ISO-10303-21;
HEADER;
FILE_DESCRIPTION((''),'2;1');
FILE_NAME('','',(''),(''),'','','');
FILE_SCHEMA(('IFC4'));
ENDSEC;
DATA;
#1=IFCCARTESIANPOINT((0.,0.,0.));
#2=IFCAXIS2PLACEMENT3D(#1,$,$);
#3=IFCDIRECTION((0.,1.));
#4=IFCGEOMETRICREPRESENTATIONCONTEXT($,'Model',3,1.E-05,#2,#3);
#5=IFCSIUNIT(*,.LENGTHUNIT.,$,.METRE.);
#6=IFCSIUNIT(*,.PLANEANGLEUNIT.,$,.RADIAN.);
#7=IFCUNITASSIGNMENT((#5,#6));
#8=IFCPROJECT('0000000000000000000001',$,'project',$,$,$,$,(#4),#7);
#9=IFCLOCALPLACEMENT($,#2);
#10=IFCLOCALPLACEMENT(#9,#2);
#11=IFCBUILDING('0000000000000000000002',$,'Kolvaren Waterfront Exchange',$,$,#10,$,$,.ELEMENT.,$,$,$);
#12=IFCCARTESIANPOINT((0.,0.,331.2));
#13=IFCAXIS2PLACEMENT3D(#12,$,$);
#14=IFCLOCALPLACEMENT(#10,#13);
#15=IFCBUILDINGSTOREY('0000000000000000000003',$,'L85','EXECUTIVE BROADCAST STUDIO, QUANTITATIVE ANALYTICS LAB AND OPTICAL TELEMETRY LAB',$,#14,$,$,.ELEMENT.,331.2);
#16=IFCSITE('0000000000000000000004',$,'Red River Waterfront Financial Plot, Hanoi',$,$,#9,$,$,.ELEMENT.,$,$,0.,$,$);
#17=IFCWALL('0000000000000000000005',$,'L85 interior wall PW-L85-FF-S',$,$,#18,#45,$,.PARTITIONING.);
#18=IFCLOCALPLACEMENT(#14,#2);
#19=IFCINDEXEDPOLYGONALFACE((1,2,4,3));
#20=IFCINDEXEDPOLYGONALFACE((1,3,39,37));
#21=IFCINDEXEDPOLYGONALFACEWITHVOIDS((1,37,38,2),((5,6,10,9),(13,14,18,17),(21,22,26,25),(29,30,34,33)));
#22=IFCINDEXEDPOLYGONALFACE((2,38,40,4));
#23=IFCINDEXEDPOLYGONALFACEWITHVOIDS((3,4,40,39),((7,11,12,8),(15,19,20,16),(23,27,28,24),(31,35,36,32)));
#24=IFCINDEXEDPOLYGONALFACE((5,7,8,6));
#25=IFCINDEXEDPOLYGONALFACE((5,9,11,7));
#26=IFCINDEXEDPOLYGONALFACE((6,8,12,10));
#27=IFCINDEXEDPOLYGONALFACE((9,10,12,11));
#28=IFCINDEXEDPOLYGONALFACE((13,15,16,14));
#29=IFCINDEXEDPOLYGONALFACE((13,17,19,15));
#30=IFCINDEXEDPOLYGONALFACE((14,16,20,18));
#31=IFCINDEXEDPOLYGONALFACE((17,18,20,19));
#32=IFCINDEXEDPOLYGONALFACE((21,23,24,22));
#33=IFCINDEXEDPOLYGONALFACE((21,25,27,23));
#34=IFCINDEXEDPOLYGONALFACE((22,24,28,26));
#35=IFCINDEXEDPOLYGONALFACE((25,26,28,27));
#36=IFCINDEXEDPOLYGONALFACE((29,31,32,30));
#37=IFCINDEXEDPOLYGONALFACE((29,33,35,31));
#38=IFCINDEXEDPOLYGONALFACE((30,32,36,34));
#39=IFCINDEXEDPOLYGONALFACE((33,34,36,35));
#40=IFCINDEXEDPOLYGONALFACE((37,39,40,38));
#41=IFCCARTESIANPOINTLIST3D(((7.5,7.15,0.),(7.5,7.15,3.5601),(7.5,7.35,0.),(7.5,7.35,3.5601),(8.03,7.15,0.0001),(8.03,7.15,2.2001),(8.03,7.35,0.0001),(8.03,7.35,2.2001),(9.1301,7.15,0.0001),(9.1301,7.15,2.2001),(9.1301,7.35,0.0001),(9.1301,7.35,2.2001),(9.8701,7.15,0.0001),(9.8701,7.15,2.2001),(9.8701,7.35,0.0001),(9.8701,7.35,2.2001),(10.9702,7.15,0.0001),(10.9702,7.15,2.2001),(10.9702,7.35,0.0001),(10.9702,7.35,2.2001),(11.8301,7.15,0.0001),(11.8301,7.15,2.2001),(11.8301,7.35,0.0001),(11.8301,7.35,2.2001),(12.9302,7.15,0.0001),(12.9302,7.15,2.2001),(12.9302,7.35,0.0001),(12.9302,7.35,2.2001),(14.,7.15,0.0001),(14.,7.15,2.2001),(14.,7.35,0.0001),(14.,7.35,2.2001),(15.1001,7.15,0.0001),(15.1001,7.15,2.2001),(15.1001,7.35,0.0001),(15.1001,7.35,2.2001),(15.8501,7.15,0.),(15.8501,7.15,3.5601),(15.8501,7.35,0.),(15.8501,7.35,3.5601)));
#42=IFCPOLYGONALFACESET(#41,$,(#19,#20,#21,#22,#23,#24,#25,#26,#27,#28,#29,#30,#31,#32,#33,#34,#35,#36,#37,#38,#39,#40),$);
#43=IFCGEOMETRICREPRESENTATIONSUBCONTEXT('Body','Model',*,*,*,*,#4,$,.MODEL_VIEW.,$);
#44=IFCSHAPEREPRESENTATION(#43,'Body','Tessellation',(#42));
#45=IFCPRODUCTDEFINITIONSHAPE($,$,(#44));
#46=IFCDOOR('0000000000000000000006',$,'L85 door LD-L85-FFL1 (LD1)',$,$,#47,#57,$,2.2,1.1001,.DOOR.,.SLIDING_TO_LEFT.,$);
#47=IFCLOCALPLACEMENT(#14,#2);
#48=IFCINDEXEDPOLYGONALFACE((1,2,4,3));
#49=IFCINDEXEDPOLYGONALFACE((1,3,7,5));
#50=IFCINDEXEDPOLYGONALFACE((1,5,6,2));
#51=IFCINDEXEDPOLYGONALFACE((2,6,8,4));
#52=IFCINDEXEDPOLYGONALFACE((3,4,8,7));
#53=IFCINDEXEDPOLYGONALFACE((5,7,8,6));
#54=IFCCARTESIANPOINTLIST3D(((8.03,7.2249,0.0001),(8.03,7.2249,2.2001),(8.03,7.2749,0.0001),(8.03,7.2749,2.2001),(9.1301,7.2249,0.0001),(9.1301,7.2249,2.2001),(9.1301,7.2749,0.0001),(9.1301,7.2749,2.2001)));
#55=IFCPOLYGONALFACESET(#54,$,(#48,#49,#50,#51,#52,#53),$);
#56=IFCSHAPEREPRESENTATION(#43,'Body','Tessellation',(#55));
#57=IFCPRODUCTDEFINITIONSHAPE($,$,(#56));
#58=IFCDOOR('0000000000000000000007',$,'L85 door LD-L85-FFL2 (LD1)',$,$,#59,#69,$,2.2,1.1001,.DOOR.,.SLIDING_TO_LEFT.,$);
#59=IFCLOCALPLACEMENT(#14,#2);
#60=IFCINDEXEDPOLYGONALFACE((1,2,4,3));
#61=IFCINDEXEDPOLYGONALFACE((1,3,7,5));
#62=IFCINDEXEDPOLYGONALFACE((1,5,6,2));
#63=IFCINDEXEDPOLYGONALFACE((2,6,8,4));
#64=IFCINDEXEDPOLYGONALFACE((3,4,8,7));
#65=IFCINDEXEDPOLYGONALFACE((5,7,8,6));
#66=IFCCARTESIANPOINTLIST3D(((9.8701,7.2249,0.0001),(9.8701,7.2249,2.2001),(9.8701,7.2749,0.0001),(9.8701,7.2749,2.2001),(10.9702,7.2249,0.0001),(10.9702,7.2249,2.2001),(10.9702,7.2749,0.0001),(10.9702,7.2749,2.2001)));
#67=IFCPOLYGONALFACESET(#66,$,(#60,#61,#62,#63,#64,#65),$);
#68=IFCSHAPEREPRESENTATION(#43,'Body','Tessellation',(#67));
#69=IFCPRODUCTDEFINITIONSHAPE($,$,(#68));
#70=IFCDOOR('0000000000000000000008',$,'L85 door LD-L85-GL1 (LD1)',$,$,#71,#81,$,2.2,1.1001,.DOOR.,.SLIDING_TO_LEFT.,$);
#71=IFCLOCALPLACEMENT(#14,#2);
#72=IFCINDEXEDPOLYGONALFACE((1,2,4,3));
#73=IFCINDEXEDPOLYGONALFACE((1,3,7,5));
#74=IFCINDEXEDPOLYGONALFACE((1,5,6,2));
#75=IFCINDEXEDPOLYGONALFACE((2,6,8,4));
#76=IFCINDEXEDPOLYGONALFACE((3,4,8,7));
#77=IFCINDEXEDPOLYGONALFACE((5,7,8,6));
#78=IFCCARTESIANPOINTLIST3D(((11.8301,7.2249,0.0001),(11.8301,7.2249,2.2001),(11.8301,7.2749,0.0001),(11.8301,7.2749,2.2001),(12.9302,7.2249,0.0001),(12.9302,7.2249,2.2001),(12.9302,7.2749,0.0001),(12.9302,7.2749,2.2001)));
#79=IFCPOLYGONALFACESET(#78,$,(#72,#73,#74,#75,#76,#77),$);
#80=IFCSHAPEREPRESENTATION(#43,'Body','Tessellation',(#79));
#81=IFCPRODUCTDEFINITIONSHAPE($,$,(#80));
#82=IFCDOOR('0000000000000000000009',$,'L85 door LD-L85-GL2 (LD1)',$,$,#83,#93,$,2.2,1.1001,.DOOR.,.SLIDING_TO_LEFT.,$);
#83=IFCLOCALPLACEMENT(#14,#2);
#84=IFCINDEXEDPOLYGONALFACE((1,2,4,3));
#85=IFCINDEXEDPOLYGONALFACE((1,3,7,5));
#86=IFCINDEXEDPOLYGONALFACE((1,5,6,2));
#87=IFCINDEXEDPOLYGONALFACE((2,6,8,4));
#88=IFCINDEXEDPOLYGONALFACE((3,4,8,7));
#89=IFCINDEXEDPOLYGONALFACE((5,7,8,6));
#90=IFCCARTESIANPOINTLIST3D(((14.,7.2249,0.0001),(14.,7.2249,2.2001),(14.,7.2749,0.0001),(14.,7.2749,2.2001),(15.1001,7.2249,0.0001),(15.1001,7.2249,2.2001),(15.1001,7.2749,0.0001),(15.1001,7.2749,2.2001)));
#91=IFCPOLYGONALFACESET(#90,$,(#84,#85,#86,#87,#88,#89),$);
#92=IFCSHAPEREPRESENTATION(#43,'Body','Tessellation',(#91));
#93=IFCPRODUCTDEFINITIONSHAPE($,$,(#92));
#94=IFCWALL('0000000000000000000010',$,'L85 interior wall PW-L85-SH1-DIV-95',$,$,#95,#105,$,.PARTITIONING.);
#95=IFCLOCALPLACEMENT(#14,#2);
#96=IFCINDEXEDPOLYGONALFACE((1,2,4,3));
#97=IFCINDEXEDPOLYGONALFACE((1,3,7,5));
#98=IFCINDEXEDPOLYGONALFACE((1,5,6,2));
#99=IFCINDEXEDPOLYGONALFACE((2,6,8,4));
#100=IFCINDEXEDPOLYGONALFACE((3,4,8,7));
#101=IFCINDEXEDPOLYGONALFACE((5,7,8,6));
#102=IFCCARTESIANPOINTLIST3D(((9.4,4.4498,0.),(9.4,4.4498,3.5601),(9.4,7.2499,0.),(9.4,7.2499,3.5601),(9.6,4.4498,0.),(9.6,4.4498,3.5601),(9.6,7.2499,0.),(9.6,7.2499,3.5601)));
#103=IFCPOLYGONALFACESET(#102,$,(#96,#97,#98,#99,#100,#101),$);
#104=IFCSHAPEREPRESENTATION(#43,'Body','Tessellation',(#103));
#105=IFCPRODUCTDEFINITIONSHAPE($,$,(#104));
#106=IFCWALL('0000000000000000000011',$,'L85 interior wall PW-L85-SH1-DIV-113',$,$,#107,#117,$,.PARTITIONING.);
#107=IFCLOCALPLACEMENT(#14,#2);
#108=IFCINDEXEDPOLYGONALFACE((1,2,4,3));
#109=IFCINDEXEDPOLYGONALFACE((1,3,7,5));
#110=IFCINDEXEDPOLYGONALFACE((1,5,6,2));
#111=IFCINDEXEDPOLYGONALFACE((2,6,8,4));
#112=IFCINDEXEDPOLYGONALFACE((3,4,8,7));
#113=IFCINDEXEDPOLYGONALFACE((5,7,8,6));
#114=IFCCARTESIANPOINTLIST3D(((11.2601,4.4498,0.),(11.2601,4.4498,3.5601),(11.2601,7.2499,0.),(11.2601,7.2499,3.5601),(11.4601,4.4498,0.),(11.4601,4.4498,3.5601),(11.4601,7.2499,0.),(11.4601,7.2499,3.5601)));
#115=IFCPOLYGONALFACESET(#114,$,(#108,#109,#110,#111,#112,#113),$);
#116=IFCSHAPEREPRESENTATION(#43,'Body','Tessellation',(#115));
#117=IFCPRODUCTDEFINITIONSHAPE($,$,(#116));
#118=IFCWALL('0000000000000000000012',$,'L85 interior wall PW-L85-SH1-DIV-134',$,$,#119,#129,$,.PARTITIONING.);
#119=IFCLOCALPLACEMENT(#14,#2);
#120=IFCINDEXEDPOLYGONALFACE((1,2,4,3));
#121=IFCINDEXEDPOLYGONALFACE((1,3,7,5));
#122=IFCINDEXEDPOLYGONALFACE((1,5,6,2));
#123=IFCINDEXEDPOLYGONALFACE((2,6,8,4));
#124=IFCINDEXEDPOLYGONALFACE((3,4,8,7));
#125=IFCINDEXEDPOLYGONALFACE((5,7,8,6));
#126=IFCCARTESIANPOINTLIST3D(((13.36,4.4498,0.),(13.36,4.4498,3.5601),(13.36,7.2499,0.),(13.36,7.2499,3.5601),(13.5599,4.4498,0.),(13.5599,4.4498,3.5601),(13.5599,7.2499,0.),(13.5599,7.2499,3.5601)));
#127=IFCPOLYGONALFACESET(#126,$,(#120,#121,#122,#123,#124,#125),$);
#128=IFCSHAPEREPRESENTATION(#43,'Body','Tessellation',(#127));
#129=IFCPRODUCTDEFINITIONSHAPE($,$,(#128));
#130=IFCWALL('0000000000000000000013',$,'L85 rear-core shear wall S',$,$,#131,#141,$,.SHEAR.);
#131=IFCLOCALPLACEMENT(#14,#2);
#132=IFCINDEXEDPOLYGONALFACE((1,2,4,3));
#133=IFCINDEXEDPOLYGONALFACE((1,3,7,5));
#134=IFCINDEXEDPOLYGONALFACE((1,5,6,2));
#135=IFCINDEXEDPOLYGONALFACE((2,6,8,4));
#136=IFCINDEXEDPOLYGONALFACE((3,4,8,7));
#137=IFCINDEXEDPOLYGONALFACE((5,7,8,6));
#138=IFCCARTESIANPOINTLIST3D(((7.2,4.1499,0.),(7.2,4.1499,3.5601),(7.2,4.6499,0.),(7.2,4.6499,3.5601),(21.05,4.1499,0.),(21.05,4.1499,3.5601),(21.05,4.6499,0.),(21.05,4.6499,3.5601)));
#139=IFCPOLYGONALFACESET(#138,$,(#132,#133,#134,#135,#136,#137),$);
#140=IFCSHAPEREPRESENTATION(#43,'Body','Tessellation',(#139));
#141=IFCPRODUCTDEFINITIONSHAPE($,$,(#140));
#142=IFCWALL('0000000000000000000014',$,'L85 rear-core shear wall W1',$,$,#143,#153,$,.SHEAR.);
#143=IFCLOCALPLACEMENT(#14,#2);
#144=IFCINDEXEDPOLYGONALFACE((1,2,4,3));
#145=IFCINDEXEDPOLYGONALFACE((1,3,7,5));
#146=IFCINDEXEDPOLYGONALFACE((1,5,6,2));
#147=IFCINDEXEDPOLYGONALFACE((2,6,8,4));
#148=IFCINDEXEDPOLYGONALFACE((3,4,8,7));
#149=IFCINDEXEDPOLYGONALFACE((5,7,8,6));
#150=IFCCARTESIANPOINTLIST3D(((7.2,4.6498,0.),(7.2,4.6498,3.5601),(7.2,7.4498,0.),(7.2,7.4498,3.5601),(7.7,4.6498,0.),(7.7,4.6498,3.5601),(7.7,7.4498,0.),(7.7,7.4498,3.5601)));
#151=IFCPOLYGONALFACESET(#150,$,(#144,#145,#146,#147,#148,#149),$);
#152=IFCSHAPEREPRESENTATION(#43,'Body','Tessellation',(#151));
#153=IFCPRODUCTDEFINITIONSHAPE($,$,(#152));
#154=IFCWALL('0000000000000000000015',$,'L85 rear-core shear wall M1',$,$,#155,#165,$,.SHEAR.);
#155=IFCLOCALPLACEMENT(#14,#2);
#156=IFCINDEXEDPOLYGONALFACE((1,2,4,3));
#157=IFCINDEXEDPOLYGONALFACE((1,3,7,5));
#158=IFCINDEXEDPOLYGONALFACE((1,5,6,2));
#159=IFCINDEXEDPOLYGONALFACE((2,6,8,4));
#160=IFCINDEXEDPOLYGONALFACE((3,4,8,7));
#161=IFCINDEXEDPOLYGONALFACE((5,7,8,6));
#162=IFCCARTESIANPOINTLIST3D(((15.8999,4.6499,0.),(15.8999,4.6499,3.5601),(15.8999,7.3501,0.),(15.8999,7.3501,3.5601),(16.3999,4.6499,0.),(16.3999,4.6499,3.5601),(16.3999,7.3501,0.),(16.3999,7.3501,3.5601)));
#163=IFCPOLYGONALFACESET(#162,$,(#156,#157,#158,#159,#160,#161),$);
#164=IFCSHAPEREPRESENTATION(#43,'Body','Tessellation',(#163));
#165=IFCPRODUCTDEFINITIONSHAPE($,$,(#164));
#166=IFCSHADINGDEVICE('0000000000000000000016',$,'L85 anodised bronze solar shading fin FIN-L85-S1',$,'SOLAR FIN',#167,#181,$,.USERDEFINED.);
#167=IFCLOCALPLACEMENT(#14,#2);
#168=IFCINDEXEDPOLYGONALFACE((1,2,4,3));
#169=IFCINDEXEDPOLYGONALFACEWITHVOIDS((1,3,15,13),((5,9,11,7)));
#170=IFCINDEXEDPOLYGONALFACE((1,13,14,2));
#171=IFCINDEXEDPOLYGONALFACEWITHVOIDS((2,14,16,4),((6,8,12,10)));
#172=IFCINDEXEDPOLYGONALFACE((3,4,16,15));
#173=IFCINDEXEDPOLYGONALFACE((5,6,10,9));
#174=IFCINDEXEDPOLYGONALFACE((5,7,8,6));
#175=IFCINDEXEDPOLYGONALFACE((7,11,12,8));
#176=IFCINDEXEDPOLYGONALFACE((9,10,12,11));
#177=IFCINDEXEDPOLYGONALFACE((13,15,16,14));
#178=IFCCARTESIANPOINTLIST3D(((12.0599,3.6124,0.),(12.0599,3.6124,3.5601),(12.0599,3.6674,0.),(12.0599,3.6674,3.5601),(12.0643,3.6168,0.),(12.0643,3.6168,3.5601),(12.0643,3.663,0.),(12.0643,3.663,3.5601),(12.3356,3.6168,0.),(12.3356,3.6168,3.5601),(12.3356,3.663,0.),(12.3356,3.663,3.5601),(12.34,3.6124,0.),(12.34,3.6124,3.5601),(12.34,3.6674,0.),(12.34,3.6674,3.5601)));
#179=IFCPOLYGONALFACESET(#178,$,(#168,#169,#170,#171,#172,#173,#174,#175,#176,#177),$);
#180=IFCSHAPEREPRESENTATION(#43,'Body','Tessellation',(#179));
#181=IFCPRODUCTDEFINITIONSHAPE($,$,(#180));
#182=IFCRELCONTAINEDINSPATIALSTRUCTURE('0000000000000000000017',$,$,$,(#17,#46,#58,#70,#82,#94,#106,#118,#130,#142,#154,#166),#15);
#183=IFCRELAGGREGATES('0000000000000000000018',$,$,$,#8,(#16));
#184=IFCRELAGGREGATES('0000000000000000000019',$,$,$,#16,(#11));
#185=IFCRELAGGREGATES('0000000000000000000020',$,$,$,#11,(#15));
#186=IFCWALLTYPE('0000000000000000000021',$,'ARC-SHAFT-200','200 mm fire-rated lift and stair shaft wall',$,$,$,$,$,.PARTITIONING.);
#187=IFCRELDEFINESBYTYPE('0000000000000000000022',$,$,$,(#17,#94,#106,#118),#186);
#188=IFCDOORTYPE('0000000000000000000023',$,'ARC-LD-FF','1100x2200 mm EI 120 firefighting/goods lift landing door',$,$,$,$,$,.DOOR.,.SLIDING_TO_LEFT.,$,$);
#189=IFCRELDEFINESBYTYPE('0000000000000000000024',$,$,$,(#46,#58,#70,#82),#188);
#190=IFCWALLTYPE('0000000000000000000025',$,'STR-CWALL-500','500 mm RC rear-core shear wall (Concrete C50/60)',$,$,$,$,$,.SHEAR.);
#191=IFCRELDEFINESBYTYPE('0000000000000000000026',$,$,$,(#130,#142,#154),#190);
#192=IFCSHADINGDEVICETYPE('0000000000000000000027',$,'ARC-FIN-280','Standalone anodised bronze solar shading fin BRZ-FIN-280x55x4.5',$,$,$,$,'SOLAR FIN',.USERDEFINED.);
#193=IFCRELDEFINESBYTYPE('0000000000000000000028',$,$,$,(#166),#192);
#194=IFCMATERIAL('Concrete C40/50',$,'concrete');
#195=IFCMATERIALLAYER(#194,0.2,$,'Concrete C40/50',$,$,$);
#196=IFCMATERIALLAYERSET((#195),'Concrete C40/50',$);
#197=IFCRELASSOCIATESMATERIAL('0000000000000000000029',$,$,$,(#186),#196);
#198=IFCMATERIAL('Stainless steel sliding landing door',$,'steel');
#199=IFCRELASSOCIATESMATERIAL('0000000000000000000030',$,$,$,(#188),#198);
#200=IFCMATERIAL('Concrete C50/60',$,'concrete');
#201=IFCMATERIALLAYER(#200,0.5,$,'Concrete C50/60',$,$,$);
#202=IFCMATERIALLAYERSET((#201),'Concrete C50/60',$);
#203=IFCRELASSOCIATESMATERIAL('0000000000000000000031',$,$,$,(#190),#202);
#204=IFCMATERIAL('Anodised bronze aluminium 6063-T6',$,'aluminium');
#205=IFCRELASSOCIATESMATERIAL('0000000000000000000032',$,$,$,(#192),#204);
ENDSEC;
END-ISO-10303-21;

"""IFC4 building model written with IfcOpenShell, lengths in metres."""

from ifc_helpers import new_model, si_unit, direction, frame, frame_2d, origin, origin_2d, place, context, subcontext, project, spatial, rectangle, hollow_rectangle, extrude, material, layer, layer_set, material_profile, profile_set, type_object, element, fill, save


model = new_model("IFC4")

# Units and contexts
model_context = context("Model", 3, precision=1e-05, world=origin(), true_north=direction((0.0, 1.0)))
body_context = subcontext(model_context, "Body", "Model", "MODEL_VIEW")
ifc_project = project(units=[si_unit("LENGTHUNIT", "METRE"), si_unit("PLANEANGLEUNIT", "RADIAN")], contexts=[model_context])

# Site, building, storey
site_placement = place(None, origin())
site = spatial("IfcSite", under=ifc_project, at=site_placement, Name="Red River Waterfront Financial Plot, Hanoi", CompositionType="ELEMENT", RefElevation=0.0)
building_placement = place(site_placement, origin())
building = spatial("IfcBuilding", under=site, at=building_placement, Name="Kolvaren Waterfront Exchange", CompositionType="ELEMENT")
storey_placement = place(building_placement, frame((0.0, 0.0, 331.2)))
storey = spatial("IfcBuildingStorey", under=building, at=storey_placement, Name="L85", Description="EXECUTIVE BROADCAST STUDIO, QUANTITATIVE ANALYTICS LAB AND OPTICAL TELEMETRY LAB", CompositionType="ELEMENT", Elevation=331.2)

# Shared definitions
ifc_material_1 = material(Name="Concrete C50/60", Category="concrete")

# Shared definitions
ifc_material_2 = material(Name="Anodised bronze aluminium 6063-T6", Category="aluminium")

# Wall, openings, doors
ifc_material_3 = material(Name="Concrete C40/50", Category="concrete")
ifc_layer_1 = layer(ifc_material_3, 0.2, Name="Concrete C40/50")
ifc_layer_set_1 = layer_set([ifc_layer_1], Name="Concrete C40/50")
wall_type_1 = type_object("IfcWallType", Name="ARC-SHAFT-200", Description="200 mm fire-rated lift and stair shaft wall", PredefinedType="PARTITIONING", material=ifc_layer_set_1)
wall_1_placement = place(storey_placement, frame((7.5, 7.25, 0.0), z_axis=(0.0, 0.0, 1.0), x_axis=(1.0, 0.0, 0.0)))
wall_1 = element("IfcWall", 1, at=wall_1_placement, inside=storey, type_object=wall_type_1, Name="L85 interior wall PW-L85-FF-S", PredefinedType="PARTITIONING", context=body_context, shape_type="SweptSolid", body=[
    extrude(rectangle(XDim=8.3501, YDim=0.2, at=frame_2d((4.175, 0.0))), origin(), (0.0, 0.0, 1.0), 3.5601),
])
opening_1_placement = place(wall_1_placement, frame((0.53, 0.0, 0.0)))
opening_1 = element("IfcOpeningElement", 2, at=opening_1_placement, cuts=wall_1, PredefinedType="OPENING", context=body_context, shape_type="SweptSolid", body=[
    extrude(rectangle(XDim=1.1001, YDim=2.2, at=frame_2d((0.55, 1.1001))), frame((0.0, 0.1099, 0.0), z_axis=(0.0, -1.0, 0.0), x_axis=(1.0, 0.0, 0.0)), (0.0, 0.0, 1.0), 0.22),
])
opening_2_placement = place(wall_1_placement, frame((2.3701, 0.0, 0.0)))
opening_2 = element("IfcOpeningElement", 3, at=opening_2_placement, cuts=wall_1, PredefinedType="OPENING", context=body_context, shape_type="SweptSolid", body=[
    extrude(rectangle(XDim=1.1001, YDim=2.2, at=frame_2d((0.55, 1.1001))), frame((0.0, 0.1099, 0.0), z_axis=(0.0, -1.0, 0.0), x_axis=(1.0, 0.0, 0.0)), (0.0, 0.0, 1.0), 0.22),
])
opening_3_placement = place(wall_1_placement, frame((4.3301, 0.0, 0.0)))
opening_3 = element("IfcOpeningElement", 4, at=opening_3_placement, cuts=wall_1, PredefinedType="OPENING", context=body_context, shape_type="SweptSolid", body=[
    extrude(rectangle(XDim=1.1001, YDim=2.2, at=frame_2d((0.55, 1.1001))), frame((0.0, 0.1099, 0.0), z_axis=(0.0, -1.0, 0.0), x_axis=(1.0, 0.0, 0.0)), (0.0, 0.0, 1.0), 0.22),
])
opening_4_placement = place(wall_1_placement, frame((6.5, 0.0, 0.0)))
opening_4 = element("IfcOpeningElement", 5, at=opening_4_placement, cuts=wall_1, PredefinedType="OPENING", context=body_context, shape_type="SweptSolid", body=[
    extrude(rectangle(XDim=1.1001, YDim=2.2, at=frame_2d((0.55, 1.1001))), frame((0.0, 0.1099, 0.0), z_axis=(0.0, -1.0, 0.0), x_axis=(1.0, 0.0, 0.0)), (0.0, 0.0, 1.0), 0.22),
])
ifc_material_4 = material(Name="Stainless steel sliding landing door", Category="steel")
door_type = type_object("IfcDoorType", Name="ARC-LD-FF", Description="1100x2200 mm EI 120 firefighting/goods lift landing door", OperationType="SLIDING_TO_LEFT", PredefinedType="DOOR", material=ifc_material_4)
door_1_placement = place(opening_1_placement, origin())
door_1 = element("IfcDoor", 6, at=door_1_placement, inside=storey, type_object=door_type, Name="L85 door LD-L85-FFL1 (LD1)", OperationType="SLIDING_TO_LEFT", OverallHeight=2.2, OverallWidth=1.1001, PredefinedType="DOOR", context=body_context, shape_type="SweptSolid", body=[
    extrude(rectangle(XDim=1.1001, YDim=2.2, at=frame_2d((0.55, 1.1001))), frame((0.0, 0.0249, 0.0), z_axis=(0.0, -1.0, 0.0), x_axis=(1.0, 0.0, 0.0)), (0.0, 0.0, 1.0), 0.05),
])
fill(opening_1, door_1)
door_2_placement = place(opening_2_placement, origin())
door_2 = element("IfcDoor", 7, at=door_2_placement, inside=storey, type_object=door_type, Name="L85 door LD-L85-FFL2 (LD1)", OperationType="SLIDING_TO_LEFT", OverallHeight=2.2, OverallWidth=1.1001, PredefinedType="DOOR", context=body_context, shape_type="SweptSolid", body=[
    extrude(rectangle(XDim=1.1001, YDim=2.2, at=frame_2d((0.55, 1.1001))), frame((0.0, 0.0249, 0.0), z_axis=(0.0, -1.0, 0.0), x_axis=(1.0, 0.0, 0.0)), (0.0, 0.0, 1.0), 0.05),
])
fill(opening_2, door_2)
door_3_placement = place(opening_3_placement, origin())
door_3 = element("IfcDoor", 8, at=door_3_placement, inside=storey, type_object=door_type, Name="L85 door LD-L85-GL1 (LD1)", OperationType="SLIDING_TO_LEFT", OverallHeight=2.2, OverallWidth=1.1001, PredefinedType="DOOR", context=body_context, shape_type="SweptSolid", body=[
    extrude(rectangle(XDim=1.1001, YDim=2.2, at=frame_2d((0.55, 1.1001))), frame((0.0, 0.0249, 0.0), z_axis=(0.0, -1.0, 0.0), x_axis=(1.0, 0.0, 0.0)), (0.0, 0.0, 1.0), 0.05),
])
fill(opening_3, door_3)
door_4_placement = place(opening_4_placement, origin())
door_4 = element("IfcDoor", 9, at=door_4_placement, inside=storey, type_object=door_type, Name="L85 door LD-L85-GL2 (LD1)", OperationType="SLIDING_TO_LEFT", OverallHeight=2.2, OverallWidth=1.1001, PredefinedType="DOOR", context=body_context, shape_type="SweptSolid", body=[
    extrude(rectangle(XDim=1.1001, YDim=2.2, at=frame_2d((0.55, 1.1001))), frame((0.0, 0.0249, 0.0), z_axis=(0.0, -1.0, 0.0), x_axis=(1.0, 0.0, 0.0)), (0.0, 0.0, 1.0), 0.05),
])
fill(opening_4, door_4)

# Walls
for number, where, z_axis, x_axis, name in (
    (10, (9.5, 4.45, 0.0), (0.0, 0.0, 1.0), (0.0, 1.0, 0.0), "L85 interior wall PW-L85-SH1-DIV-95"),
    (11, (11.3601, 4.45, 0.0), (0.0, 0.0, 1.0), (0.0, 1.0, 0.0), "L85 interior wall PW-L85-SH1-DIV-113"),
    (12, (13.46, 4.45, 0.0), (0.0, 0.0, 1.0), (0.0, 1.0, 0.0), "L85 interior wall PW-L85-SH1-DIV-134"),
):
    element("IfcWall", number, at=place(storey_placement, frame(where, z_axis=z_axis, x_axis=x_axis)), inside=storey, type_object=wall_type_1, Name=name, PredefinedType="PARTITIONING", context=body_context, shape_type="SweptSolid", body=[
        extrude(rectangle(XDim=2.8, YDim=0.2, at=frame_2d((1.3999, 0.0))), origin(), (0.0, 0.0, 1.0), 3.5601),
    ])
ifc_layer_2 = layer(ifc_material_1, 0.5, Name="Concrete C50/60")
ifc_layer_set_2 = layer_set([ifc_layer_2], Name="Concrete C50/60")
wall_type_2 = type_object("IfcWallType", Name="STR-CWALL-500", Description="500 mm RC rear-core shear wall (Concrete C50/60)", PredefinedType="SHEAR", material=ifc_layer_set_2)
wall_2_placement = place(storey_placement, frame((7.2, 4.3999, 0.0), z_axis=(0.0, 0.0, 1.0), x_axis=(1.0, 0.0, 0.0)))
element("IfcWall", 13, at=wall_2_placement, inside=storey, type_object=wall_type_2, Name="L85 rear-core shear wall S", PredefinedType="SHEAR", context=body_context, shape_type="SweptSolid", body=[
    extrude(rectangle(XDim=13.8501, YDim=0.5, at=frame_2d((6.925, 0.0))), origin(), (0.0, 0.0, 1.0), 3.5601),
])
wall_3_placement = place(storey_placement, frame((7.45, 4.6499, 0.0), z_axis=(0.0, 0.0, 1.0), x_axis=(0.0, 1.0, 0.0)))
element("IfcWall", 14, at=wall_3_placement, inside=storey, type_object=wall_type_2, Name="L85 rear-core shear wall W1", PredefinedType="SHEAR", context=body_context, shape_type="SweptSolid", body=[
    extrude(rectangle(XDim=2.8, YDim=0.5, at=frame_2d((1.3999, 0.0))), origin(), (0.0, 0.0, 1.0), 3.5601),
])
wall_4_placement = place(storey_placement, frame((16.1499, 4.6499, 0.0), z_axis=(0.0, 0.0, 1.0), x_axis=(0.0, 1.0, 0.0)))
element("IfcWall", 15, at=wall_4_placement, inside=storey, type_object=wall_type_2, Name="L85 rear-core shear wall M1", PredefinedType="SHEAR", context=body_context, shape_type="SweptSolid", body=[
    extrude(rectangle(XDim=2.7002, YDim=0.5, at=frame_2d((1.3501, 0.0))), origin(), (0.0, 0.0, 1.0), 3.5601),
])

# Shading device
ifc_material_profile_1 = material_profile(ifc_material_2, hollow_rectangle(XDim=0.0549, YDim=0.28, WallThickness=0.0044, at=origin_2d()), Name="BRZ-FIN-280x55x4.5")
ifc_profile_set_1 = profile_set([ifc_material_profile_1], Name="Anodised bronze aluminium 6063-T6")
shading_device_type = type_object("IfcShadingDeviceType", Name="ARC-FIN-280", Description="Standalone anodised bronze solar shading fin BRZ-FIN-280x55x4.5", ElementType="SOLAR FIN", PredefinedType="USERDEFINED", material=ifc_profile_set_1)
shading_device_placement = place(storey_placement, frame((12.2, 3.6399, 0.0), z_axis=(0.0, 0.0, 1.0), x_axis=(0.0, -1.0, 0.0)))
element("IfcShadingDevice", 16, at=shading_device_placement, inside=storey, type_object=shading_device_type, Name="L85 anodised bronze solar shading fin FIN-L85-S1", ObjectType="SOLAR FIN", PredefinedType="USERDEFINED", context=body_context, shape_type="SweptSolid", body=[
    extrude(hollow_rectangle(XDim=0.0549, YDim=0.28, WallThickness=0.0044, at=origin_2d()), origin(), (0.0, 0.0, 1.0), 3.5601),
])

save(model, "model.ifc")
